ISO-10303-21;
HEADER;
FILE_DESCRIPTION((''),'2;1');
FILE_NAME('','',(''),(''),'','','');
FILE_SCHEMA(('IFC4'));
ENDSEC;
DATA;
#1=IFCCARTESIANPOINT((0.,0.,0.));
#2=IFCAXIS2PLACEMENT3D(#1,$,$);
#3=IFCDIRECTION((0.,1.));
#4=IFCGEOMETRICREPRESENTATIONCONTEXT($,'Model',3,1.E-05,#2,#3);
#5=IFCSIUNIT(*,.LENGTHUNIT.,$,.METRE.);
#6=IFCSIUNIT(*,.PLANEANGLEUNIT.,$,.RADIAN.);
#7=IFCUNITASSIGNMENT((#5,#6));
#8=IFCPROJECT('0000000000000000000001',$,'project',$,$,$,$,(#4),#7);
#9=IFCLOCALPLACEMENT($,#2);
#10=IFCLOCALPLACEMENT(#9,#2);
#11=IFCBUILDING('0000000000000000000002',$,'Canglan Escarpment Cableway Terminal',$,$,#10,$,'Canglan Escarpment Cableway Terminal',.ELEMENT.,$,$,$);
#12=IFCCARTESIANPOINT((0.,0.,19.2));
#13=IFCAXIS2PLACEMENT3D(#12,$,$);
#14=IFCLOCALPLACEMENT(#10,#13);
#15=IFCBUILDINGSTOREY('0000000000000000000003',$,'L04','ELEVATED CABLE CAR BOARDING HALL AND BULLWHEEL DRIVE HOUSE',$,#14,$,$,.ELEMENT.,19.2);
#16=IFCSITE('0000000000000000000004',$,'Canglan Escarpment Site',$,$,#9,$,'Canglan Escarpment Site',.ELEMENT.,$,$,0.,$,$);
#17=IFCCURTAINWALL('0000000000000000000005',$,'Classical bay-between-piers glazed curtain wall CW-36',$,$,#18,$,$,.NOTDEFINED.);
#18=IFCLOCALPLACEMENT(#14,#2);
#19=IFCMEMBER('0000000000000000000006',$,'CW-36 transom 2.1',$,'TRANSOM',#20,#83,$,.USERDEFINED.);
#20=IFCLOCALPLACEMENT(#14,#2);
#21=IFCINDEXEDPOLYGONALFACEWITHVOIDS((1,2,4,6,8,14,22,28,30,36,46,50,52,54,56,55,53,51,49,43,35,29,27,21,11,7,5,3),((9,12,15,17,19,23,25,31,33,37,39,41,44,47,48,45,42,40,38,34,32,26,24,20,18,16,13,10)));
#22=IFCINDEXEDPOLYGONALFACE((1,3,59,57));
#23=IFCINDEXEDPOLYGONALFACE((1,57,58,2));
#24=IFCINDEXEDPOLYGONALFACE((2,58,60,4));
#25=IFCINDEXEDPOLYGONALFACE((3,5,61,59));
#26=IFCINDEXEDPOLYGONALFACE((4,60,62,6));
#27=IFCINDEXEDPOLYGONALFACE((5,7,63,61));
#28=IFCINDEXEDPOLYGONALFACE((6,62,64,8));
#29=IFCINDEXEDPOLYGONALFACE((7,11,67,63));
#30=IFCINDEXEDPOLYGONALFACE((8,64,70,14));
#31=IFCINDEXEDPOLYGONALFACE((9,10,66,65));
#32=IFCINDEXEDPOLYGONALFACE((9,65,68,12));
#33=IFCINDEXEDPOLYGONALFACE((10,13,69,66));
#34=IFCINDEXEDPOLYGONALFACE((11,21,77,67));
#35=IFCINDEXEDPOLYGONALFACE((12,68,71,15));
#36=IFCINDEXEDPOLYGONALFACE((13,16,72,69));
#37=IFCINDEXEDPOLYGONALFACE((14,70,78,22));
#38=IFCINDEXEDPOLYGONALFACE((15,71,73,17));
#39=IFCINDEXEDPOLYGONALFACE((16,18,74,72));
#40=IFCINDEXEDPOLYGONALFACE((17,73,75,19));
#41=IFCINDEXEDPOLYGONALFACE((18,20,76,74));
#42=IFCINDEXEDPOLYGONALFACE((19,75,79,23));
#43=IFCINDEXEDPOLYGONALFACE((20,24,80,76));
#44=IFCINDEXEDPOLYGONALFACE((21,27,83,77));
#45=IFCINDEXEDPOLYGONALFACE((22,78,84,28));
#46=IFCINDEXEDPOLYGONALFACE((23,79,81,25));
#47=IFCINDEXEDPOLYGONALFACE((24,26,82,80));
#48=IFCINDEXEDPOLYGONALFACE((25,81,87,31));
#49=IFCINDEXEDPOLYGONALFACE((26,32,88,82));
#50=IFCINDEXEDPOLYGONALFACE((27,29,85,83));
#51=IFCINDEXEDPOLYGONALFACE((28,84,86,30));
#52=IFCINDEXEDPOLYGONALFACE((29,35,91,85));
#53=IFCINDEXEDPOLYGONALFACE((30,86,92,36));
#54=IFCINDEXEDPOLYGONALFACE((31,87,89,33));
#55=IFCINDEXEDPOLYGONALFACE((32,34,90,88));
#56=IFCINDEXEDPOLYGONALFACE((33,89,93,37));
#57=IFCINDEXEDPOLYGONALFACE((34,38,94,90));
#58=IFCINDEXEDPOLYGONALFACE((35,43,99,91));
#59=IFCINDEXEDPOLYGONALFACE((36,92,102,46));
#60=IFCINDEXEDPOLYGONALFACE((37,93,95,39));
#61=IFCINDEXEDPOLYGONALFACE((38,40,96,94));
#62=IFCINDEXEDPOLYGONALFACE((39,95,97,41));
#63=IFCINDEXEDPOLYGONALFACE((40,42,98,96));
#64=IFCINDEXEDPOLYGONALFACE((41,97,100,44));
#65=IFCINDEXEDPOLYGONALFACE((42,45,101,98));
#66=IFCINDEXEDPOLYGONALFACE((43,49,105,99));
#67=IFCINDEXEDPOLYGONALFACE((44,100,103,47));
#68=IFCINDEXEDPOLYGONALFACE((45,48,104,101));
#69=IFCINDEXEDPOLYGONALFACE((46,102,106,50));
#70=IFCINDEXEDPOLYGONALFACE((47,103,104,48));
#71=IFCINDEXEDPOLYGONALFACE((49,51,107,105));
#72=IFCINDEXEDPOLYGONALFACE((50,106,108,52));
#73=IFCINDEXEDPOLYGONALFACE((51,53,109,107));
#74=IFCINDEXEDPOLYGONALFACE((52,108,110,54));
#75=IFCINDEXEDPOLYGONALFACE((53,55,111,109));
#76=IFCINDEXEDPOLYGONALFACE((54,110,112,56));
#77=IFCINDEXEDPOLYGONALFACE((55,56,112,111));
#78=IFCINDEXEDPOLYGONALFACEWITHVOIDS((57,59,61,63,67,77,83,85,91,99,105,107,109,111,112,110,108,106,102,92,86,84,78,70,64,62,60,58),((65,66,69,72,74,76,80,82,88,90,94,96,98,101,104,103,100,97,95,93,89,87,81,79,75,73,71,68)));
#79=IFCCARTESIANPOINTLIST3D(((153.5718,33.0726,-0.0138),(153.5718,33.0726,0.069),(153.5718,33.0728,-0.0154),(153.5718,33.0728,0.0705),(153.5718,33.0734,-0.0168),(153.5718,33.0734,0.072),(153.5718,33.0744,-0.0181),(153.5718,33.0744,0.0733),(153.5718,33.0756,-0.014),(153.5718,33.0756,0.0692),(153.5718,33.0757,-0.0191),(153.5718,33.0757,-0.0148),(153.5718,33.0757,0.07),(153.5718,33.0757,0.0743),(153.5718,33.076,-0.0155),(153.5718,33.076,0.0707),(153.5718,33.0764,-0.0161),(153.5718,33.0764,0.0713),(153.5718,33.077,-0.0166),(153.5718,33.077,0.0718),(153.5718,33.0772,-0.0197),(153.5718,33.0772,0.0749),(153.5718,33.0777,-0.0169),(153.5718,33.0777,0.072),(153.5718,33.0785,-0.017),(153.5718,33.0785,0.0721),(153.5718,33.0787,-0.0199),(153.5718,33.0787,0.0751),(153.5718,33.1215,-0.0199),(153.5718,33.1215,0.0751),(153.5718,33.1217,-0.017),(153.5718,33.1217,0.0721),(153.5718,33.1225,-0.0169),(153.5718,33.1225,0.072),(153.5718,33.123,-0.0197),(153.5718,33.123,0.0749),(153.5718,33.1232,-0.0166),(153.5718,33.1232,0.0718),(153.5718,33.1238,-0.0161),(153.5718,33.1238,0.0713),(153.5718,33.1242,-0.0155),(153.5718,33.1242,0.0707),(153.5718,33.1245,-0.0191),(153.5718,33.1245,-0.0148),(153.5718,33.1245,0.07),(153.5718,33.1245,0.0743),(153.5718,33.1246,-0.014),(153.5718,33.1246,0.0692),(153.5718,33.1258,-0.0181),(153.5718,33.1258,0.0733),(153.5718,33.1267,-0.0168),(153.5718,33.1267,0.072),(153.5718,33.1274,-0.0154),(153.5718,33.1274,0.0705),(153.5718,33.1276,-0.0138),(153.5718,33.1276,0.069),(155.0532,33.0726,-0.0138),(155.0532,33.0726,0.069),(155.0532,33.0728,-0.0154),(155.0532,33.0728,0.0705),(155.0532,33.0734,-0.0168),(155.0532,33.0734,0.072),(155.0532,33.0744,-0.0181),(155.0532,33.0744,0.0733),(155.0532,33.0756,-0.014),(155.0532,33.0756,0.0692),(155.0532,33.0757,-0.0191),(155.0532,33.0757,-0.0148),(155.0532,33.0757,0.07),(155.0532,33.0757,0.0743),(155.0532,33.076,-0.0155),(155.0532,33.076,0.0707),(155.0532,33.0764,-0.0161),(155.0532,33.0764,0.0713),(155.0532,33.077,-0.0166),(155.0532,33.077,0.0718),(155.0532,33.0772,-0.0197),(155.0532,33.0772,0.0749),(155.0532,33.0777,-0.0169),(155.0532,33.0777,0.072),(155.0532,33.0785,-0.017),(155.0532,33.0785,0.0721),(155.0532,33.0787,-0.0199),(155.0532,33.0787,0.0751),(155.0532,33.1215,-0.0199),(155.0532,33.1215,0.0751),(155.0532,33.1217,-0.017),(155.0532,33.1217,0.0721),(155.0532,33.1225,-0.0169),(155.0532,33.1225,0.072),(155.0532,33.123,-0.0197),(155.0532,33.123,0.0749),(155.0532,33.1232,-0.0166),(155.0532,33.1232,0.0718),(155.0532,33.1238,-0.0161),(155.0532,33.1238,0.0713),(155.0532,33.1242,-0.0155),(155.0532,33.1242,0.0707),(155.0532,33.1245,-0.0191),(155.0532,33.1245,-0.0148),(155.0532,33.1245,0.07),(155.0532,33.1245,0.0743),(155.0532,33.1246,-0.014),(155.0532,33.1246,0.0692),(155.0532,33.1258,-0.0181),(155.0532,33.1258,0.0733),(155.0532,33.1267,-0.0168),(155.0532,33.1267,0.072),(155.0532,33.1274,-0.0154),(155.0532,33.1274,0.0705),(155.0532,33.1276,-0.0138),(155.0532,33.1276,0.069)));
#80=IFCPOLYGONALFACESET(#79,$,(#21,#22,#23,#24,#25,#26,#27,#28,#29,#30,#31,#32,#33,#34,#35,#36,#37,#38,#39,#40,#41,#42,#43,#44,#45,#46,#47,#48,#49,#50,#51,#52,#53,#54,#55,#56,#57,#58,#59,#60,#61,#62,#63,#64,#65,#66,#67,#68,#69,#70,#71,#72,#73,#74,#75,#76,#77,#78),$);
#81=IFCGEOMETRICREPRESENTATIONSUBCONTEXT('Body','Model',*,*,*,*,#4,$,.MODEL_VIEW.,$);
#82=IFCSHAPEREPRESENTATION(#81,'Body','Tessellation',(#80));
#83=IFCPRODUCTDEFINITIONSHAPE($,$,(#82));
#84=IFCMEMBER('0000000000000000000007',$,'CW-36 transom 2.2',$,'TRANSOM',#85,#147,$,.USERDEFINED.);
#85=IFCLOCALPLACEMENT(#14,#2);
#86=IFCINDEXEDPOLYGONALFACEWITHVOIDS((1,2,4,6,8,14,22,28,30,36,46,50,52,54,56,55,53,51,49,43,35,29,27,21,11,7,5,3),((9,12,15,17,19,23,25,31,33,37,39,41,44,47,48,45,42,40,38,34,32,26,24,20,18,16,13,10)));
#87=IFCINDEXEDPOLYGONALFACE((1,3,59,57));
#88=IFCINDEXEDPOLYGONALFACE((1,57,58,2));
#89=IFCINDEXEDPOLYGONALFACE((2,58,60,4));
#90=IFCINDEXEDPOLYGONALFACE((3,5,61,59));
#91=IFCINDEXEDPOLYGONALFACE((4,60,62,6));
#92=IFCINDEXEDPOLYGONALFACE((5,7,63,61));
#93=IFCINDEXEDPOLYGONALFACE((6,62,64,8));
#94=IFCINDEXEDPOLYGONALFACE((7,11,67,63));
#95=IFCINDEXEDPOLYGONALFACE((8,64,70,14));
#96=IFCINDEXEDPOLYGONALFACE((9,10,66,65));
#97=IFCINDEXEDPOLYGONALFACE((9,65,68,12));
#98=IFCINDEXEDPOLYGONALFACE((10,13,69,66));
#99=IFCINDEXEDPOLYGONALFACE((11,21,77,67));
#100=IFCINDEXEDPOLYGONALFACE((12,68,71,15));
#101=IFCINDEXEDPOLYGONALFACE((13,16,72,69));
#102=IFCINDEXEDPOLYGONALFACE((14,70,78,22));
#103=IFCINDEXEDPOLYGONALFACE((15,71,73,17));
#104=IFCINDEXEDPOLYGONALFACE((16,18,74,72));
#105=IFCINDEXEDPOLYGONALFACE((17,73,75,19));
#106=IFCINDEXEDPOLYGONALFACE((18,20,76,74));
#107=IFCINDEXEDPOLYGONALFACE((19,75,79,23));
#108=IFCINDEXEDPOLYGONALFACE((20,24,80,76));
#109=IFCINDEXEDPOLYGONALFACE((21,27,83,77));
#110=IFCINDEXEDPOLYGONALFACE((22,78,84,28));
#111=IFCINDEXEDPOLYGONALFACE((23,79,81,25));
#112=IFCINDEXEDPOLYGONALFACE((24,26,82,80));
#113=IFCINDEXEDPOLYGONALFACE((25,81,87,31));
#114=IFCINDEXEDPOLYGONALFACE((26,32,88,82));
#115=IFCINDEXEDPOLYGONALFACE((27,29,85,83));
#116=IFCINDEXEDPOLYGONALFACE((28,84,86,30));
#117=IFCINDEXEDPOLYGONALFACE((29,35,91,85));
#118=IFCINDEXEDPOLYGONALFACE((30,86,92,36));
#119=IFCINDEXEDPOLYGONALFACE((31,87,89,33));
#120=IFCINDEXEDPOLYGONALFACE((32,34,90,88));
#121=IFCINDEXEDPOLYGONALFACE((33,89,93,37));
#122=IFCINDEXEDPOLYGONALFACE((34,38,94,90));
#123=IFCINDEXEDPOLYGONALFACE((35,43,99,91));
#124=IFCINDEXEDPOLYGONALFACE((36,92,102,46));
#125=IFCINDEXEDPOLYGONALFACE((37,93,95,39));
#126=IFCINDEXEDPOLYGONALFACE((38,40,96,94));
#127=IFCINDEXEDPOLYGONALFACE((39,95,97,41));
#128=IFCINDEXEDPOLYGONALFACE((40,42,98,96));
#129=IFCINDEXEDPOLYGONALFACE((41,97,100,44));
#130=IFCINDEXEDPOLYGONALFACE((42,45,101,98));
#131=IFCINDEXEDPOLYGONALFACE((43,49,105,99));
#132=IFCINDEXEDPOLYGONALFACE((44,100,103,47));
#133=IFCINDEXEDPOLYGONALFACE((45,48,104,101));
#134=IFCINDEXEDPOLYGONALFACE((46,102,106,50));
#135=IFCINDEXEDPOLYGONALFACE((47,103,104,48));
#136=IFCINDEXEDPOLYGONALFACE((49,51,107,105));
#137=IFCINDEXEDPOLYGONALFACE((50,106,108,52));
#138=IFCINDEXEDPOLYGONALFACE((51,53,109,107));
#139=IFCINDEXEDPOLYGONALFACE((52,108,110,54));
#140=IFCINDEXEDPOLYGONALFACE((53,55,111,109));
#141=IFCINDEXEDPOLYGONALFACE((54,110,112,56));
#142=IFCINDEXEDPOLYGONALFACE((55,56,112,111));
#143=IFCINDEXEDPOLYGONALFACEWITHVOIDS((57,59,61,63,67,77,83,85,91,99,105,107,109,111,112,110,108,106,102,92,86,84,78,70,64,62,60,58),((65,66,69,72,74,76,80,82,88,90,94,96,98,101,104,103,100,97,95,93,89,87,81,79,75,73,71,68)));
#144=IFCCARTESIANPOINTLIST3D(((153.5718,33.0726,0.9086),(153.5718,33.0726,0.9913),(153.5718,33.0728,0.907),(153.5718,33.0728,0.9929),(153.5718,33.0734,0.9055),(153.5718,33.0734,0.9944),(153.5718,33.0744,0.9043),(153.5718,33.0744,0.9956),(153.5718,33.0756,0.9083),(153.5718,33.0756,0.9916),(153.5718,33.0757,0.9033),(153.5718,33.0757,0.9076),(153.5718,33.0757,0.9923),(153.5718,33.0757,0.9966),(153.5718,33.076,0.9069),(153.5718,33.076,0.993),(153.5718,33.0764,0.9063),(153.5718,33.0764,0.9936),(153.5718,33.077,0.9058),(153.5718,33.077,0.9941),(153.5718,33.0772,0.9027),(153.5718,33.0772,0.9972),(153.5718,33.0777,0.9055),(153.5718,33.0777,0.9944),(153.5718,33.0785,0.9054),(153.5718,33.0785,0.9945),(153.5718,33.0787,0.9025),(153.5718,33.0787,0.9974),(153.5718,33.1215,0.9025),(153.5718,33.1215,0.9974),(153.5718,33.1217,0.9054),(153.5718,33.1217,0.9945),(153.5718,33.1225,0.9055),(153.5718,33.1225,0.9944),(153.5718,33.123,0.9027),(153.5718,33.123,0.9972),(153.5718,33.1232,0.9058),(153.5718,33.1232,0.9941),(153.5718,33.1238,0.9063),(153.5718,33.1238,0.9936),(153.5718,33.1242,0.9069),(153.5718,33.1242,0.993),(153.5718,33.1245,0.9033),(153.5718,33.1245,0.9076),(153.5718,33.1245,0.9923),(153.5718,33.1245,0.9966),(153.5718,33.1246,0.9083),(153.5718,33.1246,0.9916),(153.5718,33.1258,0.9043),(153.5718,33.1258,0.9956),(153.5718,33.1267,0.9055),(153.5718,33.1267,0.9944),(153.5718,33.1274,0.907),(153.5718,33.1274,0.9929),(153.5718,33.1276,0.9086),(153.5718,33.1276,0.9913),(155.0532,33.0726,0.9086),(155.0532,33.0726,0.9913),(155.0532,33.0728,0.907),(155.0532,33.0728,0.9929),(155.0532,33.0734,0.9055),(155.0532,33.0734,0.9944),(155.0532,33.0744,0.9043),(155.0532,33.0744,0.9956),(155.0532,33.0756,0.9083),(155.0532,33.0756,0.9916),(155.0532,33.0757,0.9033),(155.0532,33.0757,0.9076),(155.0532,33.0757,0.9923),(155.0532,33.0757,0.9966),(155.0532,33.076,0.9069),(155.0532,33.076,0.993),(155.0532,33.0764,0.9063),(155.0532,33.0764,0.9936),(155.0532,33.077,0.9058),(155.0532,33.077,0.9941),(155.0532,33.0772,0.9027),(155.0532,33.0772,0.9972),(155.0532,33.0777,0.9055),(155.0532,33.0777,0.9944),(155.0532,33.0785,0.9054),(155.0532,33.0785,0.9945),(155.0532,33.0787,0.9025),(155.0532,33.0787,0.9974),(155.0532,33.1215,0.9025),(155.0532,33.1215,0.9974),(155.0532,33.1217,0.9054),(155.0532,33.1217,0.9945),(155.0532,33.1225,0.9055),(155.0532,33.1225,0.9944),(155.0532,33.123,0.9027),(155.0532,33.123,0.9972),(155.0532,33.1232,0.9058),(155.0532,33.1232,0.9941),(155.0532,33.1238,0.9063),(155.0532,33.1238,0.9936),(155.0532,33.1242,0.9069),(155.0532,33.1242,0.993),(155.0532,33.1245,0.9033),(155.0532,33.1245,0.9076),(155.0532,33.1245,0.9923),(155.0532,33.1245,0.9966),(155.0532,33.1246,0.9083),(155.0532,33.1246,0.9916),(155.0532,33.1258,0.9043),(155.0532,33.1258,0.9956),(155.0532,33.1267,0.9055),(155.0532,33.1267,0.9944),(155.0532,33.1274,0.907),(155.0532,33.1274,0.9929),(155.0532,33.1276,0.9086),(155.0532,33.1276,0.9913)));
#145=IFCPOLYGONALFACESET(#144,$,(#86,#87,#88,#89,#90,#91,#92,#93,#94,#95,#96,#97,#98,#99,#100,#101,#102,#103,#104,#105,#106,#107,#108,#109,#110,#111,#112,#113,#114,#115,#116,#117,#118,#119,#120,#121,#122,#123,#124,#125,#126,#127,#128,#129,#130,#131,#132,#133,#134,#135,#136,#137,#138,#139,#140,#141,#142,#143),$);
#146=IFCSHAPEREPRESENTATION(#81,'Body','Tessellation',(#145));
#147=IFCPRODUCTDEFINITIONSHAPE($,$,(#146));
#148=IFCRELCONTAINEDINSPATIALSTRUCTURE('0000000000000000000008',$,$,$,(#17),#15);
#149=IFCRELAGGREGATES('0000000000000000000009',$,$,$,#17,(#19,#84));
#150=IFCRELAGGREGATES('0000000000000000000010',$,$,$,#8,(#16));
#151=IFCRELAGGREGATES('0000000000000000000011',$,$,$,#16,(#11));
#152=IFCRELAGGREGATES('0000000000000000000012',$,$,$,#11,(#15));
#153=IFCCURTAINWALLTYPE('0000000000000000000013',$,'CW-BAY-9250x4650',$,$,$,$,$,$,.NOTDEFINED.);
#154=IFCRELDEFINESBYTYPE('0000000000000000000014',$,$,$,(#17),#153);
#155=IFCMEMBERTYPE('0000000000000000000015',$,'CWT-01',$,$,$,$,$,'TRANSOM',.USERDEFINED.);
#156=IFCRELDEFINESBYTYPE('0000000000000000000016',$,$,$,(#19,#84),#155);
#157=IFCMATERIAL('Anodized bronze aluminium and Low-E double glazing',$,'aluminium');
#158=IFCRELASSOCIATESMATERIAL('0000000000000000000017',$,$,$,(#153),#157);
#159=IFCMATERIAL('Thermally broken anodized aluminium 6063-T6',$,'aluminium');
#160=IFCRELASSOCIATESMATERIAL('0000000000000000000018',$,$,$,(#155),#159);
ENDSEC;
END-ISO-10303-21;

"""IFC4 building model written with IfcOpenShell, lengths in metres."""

from ifc_helpers import new_model, si_unit, direction, frame, origin, origin_2d, place, context, subcontext, project, spatial, hollow_rectangle, extrude, material, material_profile, profile_set, type_object, element, aggregate, save


model = new_model("IFC4")

# Units and contexts
model_context = context("Model", 3, precision=1e-05, world=origin(), true_north=direction((0.0, 1.0)))
body_context = subcontext(model_context, "Body", "Model", "MODEL_VIEW")
ifc_project = project(units=[si_unit("LENGTHUNIT", "METRE"), si_unit("PLANEANGLEUNIT", "RADIAN")], contexts=[model_context])

# Site, building, storey
site_placement = place(None, origin())
site = spatial("IfcSite", under=ifc_project, at=site_placement, Name="Canglan Escarpment Site", LongName="Canglan Escarpment Site", CompositionType="ELEMENT", RefElevation=0.0)
building_placement = place(site_placement, origin())
building = spatial("IfcBuilding", under=site, at=building_placement, Name="Canglan Escarpment Cableway Terminal", LongName="Canglan Escarpment Cableway Terminal", CompositionType="ELEMENT")
storey_placement = place(building_placement, frame((0.0, 0.0, 19.2)))
storey = spatial("IfcBuildingStorey", under=building, at=storey_placement, Name="L04", Description="ELEVATED CABLE CAR BOARDING HALL AND BULLWHEEL DRIVE HOUSE", CompositionType="ELEMENT", Elevation=19.2)

# Curtain wall, members
ifc_material_1 = material(Name="Anodized bronze aluminium and Low-E double glazing", Category="aluminium")
curtain_wall_type = type_object("IfcCurtainWallType", Name="CW-BAY-9250x4650", PredefinedType="NOTDEFINED", material=ifc_material_1)
curtain_wall_placement = place(storey_placement, origin())
curtain_wall = element("IfcCurtainWall", 1, at=curtain_wall_placement, inside=storey, type_object=curtain_wall_type, Name="Classical bay-between-piers glazed curtain wall CW-36", PredefinedType="NOTDEFINED")
ifc_material_2 = material(Name="Thermally broken anodized aluminium 6063-T6", Category="aluminium")
ifc_material_profile_1 = material_profile(ifc_material_2, hollow_rectangle(XDim=0.0549, YDim=0.095, WallThickness=0.0029, InnerFilletRadius=0.0029, OuterFilletRadius=0.0061, at=origin_2d()), Name="ALU-TRAN 55x95x3")
ifc_profile_set_1 = profile_set([ifc_material_profile_1], Name="Thermally broken anodized aluminium 6063-T6")
member_type_1 = type_object("IfcMemberType", Name="CWT-01", ElementType="TRANSOM", PredefinedType="USERDEFINED", material=ifc_profile_set_1)
member_1_placement = place(storey_placement, frame((155.0532, 33.1001, 0.0276), z_axis=(-1.0, 0.0, 0.0), x_axis=(0.0, -1.0, 0.0)))
member_1 = element("IfcMember", 2, at=member_1_placement, type_object=member_type_1, Name="CW-36 transom 2.1", ObjectType="TRANSOM", PredefinedType="USERDEFINED", context=body_context, shape_type="SweptSolid", body=[
    extrude(hollow_rectangle(XDim=0.0549, YDim=0.095, WallThickness=0.0029, InnerFilletRadius=0.0029, OuterFilletRadius=0.0061, at=origin_2d()), origin(), (0.0, 0.0, 1.0), 1.4814),
])
member_2_placement = place(storey_placement, frame((155.0532, 33.1001, 0.95), z_axis=(-1.0, 0.0, 0.0), x_axis=(0.0, -1.0, 0.0)))
member_2 = element("IfcMember", 3, at=member_2_placement, type_object=member_type_1, Name="CW-36 transom 2.2", ObjectType="TRANSOM", PredefinedType="USERDEFINED", context=body_context, shape_type="SweptSolid", body=[
    extrude(hollow_rectangle(XDim=0.0549, YDim=0.095, WallThickness=0.0029, InnerFilletRadius=0.0029, OuterFilletRadius=0.0061, at=origin_2d()), origin(), (0.0, 0.0, 1.0), 1.4814),
])

aggregate(curtain_wall, [member_1, member_2])

save(model, "model.ifc")
